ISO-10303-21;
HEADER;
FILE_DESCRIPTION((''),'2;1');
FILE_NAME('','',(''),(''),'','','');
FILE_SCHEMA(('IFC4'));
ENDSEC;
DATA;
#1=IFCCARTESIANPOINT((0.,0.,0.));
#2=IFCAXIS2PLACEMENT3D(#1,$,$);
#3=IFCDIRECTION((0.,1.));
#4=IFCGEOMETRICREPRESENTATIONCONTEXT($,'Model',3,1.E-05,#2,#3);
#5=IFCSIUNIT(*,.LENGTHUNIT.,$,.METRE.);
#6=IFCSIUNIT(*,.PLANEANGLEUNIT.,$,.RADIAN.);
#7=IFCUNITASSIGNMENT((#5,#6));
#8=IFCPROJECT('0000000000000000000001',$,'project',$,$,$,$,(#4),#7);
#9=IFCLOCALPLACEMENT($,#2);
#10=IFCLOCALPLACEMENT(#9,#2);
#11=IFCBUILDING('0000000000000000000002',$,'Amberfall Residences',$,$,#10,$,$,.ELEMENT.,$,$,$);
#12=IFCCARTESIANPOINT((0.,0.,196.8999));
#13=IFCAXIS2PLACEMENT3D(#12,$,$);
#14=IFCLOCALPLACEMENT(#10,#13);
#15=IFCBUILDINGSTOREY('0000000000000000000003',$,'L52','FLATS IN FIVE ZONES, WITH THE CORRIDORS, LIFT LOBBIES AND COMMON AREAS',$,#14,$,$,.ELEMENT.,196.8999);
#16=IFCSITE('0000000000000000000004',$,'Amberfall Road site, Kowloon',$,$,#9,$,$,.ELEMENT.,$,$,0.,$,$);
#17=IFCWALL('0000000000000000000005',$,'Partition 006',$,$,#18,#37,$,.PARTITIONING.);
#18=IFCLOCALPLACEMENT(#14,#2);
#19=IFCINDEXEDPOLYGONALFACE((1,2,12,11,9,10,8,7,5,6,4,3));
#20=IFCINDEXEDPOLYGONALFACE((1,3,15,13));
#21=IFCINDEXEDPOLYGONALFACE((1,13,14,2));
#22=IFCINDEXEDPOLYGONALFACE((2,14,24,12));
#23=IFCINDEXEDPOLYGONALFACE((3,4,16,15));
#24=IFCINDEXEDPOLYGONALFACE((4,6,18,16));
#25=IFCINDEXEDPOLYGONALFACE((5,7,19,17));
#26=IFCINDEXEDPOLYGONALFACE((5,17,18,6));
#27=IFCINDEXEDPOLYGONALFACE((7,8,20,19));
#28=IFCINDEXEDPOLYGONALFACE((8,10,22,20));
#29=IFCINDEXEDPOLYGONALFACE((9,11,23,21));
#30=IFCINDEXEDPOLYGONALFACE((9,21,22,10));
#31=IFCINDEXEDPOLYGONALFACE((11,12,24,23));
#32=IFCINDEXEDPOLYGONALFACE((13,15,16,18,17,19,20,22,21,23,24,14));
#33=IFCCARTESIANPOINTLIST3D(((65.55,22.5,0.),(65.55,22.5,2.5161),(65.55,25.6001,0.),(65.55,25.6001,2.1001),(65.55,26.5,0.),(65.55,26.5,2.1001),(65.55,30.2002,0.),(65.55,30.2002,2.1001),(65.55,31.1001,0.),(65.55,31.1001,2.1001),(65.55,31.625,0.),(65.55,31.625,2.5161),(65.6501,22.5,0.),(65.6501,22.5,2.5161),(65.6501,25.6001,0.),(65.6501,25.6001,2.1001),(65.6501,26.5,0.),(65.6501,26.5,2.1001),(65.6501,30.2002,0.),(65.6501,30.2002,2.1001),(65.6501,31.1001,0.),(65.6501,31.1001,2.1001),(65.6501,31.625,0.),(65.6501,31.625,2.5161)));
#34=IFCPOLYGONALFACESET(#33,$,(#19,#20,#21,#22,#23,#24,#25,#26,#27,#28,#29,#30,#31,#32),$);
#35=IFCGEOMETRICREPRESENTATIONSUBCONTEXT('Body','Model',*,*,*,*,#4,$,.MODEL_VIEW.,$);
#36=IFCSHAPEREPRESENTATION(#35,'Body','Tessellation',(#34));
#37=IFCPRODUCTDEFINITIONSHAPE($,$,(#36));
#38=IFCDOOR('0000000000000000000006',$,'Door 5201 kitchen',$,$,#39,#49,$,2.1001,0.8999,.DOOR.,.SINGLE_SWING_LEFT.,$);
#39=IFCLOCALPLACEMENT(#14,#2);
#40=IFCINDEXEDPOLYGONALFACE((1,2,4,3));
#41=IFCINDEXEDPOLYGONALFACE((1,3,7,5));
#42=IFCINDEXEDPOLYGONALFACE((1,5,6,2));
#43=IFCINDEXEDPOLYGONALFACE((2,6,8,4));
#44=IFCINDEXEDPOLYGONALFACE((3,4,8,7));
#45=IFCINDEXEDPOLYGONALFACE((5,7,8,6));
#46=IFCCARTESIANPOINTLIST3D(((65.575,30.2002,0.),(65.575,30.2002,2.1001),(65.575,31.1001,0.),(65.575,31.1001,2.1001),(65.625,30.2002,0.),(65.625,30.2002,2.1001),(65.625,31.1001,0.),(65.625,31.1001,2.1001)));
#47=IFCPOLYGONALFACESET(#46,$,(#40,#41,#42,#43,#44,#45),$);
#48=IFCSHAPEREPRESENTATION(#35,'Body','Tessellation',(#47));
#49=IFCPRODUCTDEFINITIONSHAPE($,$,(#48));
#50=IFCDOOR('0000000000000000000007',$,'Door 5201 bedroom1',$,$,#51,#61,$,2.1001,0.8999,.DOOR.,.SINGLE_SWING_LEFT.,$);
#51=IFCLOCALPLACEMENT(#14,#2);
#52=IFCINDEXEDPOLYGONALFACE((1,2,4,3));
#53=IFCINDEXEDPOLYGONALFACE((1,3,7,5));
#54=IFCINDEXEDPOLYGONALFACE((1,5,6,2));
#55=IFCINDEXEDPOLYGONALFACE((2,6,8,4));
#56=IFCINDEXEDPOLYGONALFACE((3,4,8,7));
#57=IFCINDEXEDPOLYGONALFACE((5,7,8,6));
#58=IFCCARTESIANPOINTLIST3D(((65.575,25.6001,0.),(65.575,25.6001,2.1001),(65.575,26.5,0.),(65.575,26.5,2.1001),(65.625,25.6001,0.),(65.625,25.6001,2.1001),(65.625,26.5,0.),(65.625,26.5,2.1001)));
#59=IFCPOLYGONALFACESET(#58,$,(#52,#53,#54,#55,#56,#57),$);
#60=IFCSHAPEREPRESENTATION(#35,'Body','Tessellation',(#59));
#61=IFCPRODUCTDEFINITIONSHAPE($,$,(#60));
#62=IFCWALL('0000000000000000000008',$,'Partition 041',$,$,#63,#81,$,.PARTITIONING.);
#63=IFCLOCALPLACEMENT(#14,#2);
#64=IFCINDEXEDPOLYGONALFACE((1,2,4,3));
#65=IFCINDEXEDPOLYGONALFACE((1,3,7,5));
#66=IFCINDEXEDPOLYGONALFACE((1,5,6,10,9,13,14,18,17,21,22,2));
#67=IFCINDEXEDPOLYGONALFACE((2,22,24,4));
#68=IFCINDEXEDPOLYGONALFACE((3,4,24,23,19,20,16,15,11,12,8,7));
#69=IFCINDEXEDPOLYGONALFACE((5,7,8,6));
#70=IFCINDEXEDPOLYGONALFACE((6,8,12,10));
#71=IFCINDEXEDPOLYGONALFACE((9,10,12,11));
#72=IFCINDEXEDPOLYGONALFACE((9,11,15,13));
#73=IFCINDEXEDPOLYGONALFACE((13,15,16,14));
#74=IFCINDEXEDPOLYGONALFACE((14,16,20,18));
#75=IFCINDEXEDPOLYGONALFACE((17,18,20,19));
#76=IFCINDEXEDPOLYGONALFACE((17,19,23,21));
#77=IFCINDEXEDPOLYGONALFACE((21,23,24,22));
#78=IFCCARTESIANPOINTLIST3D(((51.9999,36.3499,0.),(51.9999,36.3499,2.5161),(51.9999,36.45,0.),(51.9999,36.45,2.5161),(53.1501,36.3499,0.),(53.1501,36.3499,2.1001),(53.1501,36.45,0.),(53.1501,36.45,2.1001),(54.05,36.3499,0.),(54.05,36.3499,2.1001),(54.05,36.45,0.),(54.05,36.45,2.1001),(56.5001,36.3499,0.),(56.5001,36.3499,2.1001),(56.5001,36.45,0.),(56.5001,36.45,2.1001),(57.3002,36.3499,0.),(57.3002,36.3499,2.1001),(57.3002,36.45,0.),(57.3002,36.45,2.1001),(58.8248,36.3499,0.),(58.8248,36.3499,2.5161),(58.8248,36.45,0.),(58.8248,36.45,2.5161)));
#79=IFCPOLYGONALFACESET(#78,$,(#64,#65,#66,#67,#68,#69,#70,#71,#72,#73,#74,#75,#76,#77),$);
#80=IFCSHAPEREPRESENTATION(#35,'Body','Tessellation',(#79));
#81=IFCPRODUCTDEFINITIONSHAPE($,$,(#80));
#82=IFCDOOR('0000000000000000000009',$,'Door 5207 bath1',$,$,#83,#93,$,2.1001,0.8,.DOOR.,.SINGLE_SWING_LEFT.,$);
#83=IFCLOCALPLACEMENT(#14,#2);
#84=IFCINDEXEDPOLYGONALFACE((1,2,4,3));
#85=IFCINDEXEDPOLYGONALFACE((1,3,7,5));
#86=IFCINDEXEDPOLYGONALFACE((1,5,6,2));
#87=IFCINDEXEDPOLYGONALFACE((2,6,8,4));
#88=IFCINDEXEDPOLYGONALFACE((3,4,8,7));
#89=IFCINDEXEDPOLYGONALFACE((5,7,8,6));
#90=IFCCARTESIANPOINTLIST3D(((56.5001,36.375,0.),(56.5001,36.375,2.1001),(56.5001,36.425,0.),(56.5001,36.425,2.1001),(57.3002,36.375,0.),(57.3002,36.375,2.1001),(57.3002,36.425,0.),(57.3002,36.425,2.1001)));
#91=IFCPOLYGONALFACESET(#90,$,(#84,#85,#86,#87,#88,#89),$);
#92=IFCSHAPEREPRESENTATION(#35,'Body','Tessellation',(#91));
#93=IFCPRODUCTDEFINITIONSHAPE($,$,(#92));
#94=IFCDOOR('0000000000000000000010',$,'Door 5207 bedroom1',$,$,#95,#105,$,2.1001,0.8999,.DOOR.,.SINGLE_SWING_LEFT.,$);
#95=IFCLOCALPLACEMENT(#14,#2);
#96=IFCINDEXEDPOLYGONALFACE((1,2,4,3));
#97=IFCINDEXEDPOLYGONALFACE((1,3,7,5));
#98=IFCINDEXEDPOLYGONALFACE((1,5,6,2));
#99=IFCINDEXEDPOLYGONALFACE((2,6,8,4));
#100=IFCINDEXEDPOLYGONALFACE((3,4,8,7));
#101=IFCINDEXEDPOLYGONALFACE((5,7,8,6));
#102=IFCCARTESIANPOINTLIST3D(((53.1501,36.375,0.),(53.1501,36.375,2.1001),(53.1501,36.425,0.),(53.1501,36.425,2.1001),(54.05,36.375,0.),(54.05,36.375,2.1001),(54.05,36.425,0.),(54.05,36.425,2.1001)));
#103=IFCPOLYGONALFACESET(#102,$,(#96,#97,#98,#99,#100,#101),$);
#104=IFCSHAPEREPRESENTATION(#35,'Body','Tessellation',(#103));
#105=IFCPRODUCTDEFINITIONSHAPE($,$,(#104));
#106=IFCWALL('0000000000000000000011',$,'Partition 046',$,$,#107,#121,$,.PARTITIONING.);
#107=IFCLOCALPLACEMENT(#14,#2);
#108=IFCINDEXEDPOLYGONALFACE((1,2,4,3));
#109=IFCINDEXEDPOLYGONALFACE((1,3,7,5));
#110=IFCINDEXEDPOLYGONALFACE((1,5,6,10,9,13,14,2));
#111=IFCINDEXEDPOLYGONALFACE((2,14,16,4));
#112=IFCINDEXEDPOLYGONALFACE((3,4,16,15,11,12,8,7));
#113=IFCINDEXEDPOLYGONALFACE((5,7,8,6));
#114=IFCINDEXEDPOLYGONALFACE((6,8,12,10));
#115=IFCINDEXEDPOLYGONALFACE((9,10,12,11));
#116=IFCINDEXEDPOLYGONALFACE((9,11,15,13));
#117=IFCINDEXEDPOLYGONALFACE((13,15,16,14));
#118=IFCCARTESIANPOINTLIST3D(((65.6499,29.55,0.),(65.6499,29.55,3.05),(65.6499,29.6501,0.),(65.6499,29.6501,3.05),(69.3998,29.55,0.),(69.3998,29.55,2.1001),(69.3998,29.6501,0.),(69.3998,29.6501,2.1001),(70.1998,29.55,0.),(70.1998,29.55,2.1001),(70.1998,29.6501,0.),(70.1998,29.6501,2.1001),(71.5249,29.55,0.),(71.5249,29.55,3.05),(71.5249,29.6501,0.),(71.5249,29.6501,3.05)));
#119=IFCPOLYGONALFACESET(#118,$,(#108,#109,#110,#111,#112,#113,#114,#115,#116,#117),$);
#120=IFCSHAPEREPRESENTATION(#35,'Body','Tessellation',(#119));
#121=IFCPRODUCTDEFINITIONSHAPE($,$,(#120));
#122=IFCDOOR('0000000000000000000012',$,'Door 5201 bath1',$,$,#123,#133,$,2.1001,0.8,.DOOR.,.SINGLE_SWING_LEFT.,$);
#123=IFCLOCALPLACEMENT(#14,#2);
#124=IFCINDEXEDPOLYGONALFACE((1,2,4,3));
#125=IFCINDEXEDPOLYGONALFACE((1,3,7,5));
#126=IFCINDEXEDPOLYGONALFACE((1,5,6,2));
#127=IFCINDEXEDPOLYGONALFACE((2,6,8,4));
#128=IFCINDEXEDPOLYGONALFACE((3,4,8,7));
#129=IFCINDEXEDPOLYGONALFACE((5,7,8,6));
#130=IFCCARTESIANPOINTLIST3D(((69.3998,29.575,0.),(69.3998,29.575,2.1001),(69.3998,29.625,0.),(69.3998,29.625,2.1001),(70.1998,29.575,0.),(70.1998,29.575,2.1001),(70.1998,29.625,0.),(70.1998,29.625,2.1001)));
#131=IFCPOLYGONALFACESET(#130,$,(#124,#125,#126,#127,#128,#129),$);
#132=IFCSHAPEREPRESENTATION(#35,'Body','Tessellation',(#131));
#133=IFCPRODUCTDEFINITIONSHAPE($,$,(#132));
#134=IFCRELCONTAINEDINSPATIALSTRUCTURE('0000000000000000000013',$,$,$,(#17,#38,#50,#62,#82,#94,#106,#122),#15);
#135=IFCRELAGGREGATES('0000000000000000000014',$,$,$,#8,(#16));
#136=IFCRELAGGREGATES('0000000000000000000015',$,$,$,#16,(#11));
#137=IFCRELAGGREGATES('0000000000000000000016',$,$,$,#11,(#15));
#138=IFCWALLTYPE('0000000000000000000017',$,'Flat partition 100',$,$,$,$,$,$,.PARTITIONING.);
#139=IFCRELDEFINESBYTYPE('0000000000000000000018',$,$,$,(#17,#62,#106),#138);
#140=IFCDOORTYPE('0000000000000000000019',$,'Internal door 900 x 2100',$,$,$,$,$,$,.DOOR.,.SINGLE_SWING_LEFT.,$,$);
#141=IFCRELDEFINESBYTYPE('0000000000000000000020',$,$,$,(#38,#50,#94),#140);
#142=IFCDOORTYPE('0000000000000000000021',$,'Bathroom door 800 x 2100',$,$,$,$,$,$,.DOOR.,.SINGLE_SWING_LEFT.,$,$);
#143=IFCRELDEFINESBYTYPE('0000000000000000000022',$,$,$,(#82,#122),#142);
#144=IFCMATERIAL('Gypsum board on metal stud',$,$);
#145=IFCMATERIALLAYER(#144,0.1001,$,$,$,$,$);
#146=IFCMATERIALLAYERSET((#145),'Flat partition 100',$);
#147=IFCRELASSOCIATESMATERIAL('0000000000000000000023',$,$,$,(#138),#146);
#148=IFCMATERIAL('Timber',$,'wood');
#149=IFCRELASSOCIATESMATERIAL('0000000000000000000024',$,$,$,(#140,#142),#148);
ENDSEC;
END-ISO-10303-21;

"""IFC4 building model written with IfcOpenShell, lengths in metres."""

from ifc_helpers import new_model, si_unit, direction, frame, frame_2d, origin, place, context, subcontext, project, spatial, rectangle, extrude, material, layer, layer_set, type_object, element, fill, save


model = new_model("IFC4")

# Units and contexts
model_context = context("Model", 3, precision=1e-05, world=origin(), true_north=direction((0.0, 1.0)))
body_context = subcontext(model_context, "Body", "Model", "MODEL_VIEW")
ifc_project = project(units=[si_unit("LENGTHUNIT", "METRE"), si_unit("PLANEANGLEUNIT", "RADIAN")], contexts=[model_context])

# Site, building, storey
site_placement = place(None, origin())
site = spatial("IfcSite", under=ifc_project, at=site_placement, Name="Amberfall Road site, Kowloon", CompositionType="ELEMENT", RefElevation=0.0)
building_placement = place(site_placement, origin())
building = spatial("IfcBuilding", under=site, at=building_placement, Name="Amberfall Residences", CompositionType="ELEMENT")
storey_placement = place(building_placement, frame((0.0, 0.0, 196.8999)))
storey = spatial("IfcBuildingStorey", under=building, at=storey_placement, Name="L52", Description="FLATS IN FIVE ZONES, WITH THE CORRIDORS, LIFT LOBBIES AND COMMON AREAS", CompositionType="ELEMENT", Elevation=196.8999)

# Walls, openings, doors
ifc_material_1 = material(Name="Gypsum board on metal stud")
ifc_layer_1 = layer(ifc_material_1, 0.1001)
ifc_layer_set_1 = layer_set([ifc_layer_1], Name="Flat partition 100")
wall_type_1 = type_object("IfcWallType", Name="Flat partition 100", PredefinedType="PARTITIONING", material=ifc_layer_set_1)
wall_1_placement = place(storey_placement, frame((65.6001, 31.625, 0.0), z_axis=(0.0, 0.0, 1.0), x_axis=(0.0, -1.0, 0.0)))
wall_1 = element("IfcWall", 1, at=wall_1_placement, inside=storey, type_object=wall_type_1, Name="Partition 006", PredefinedType="PARTITIONING", context=body_context, shape_type="SweptSolid", body=[
    extrude(rectangle(XDim=9.125, YDim=0.1001, at=frame_2d((4.5625, 0.0))), origin(), (0.0, 0.0, 1.0), 2.5161),
])
opening_1_placement = place(wall_1_placement, frame((0.5249, 0.0, 0.0)))
opening_1 = element("IfcOpeningElement", 2, at=opening_1_placement, cuts=wall_1, PredefinedType="OPENING", context=body_context, shape_type="SweptSolid", body=[
    extrude(rectangle(XDim=0.8999, YDim=2.1001, at=frame_2d((0.45, 1.05))), frame((0.0, 0.0601, 0.0), z_axis=(0.0, -1.0, 0.0), x_axis=(1.0, 0.0, 0.0)), (0.0, 0.0, 1.0), 0.1201),
])
opening_2_placement = place(wall_1_placement, frame((5.125, 0.0, 0.0)))
opening_2 = element("IfcOpeningElement", 3, at=opening_2_placement, cuts=wall_1, PredefinedType="OPENING", context=body_context, shape_type="SweptSolid", body=[
    extrude(rectangle(XDim=0.8999, YDim=2.1001, at=frame_2d((0.45, 1.05))), frame((0.0, 0.0601, 0.0), z_axis=(0.0, -1.0, 0.0), x_axis=(1.0, 0.0, 0.0)), (0.0, 0.0, 1.0), 0.1201),
])
ifc_material_2 = material(Name="Timber", Category="wood")
door_type_1 = type_object("IfcDoorType", Name="Internal door 900 x 2100", OperationType="SINGLE_SWING_LEFT", PredefinedType="DOOR", material=ifc_material_2)
door_1_placement = place(opening_1_placement, origin())
door_1 = element("IfcDoor", 4, at=door_1_placement, inside=storey, type_object=door_type_1, Name="Door 5201 kitchen", OperationType="SINGLE_SWING_LEFT", OverallHeight=2.1001, OverallWidth=0.8999, PredefinedType="DOOR", context=body_context, shape_type="SweptSolid", body=[
    extrude(rectangle(XDim=0.8999, YDim=2.1001, at=frame_2d((0.45, 1.05))), frame((0.0, 0.0249, 0.0), z_axis=(0.0, -1.0, 0.0), x_axis=(1.0, 0.0, 0.0)), (0.0, 0.0, 1.0), 0.05),
])
fill(opening_1, door_1)
door_2_placement = place(opening_2_placement, origin())
door_2 = element("IfcDoor", 5, at=door_2_placement, inside=storey, type_object=door_type_1, Name="Door 5201 bedroom1", OperationType="SINGLE_SWING_LEFT", OverallHeight=2.1001, OverallWidth=0.8999, PredefinedType="DOOR", context=body_context, shape_type="SweptSolid", body=[
    extrude(rectangle(XDim=0.8999, YDim=2.1001, at=frame_2d((0.45, 1.05))), frame((0.0, 0.0249, 0.0), z_axis=(0.0, -1.0, 0.0), x_axis=(1.0, 0.0, 0.0)), (0.0, 0.0, 1.0), 0.05),
])
fill(opening_2, door_2)
wall_2_placement = place(storey_placement, frame((58.825, 36.3999, 0.0), z_axis=(0.0, 0.0, 1.0), x_axis=(-1.0, 0.0, 0.0)))
wall_2 = element("IfcWall", 6, at=wall_2_placement, inside=storey, type_object=wall_type_1, Name="Partition 041", PredefinedType="PARTITIONING", context=body_context, shape_type="SweptSolid", body=[
    extrude(rectangle(XDim=6.825, YDim=0.1001, at=frame_2d((3.4126, 0.0))), origin(), (0.0, 0.0, 1.0), 2.5161),
])
opening_3_placement = place(wall_2_placement, frame((4.7749, 0.0, 0.0)))
opening_3 = element("IfcOpeningElement", 7, at=opening_3_placement, cuts=wall_2, PredefinedType="OPENING", context=body_context, shape_type="SweptSolid", body=[
    extrude(rectangle(XDim=0.8999, YDim=2.1001, at=frame_2d((0.45, 1.05))), frame((0.0, 0.0601, 0.0), z_axis=(0.0, -1.0, 0.0), x_axis=(1.0, 0.0, 0.0)), (0.0, 0.0, 1.0), 0.1201),
])
opening_4_placement = place(wall_2_placement, frame((1.5249, 0.0, 0.0)))
opening_4 = element("IfcOpeningElement", 8, at=opening_4_placement, cuts=wall_2, PredefinedType="OPENING", context=body_context, shape_type="SweptSolid", body=[
    extrude(rectangle(XDim=0.8, YDim=2.1001, at=frame_2d((0.3999, 1.05))), frame((0.0, 0.0601, 0.0), z_axis=(0.0, -1.0, 0.0), x_axis=(1.0, 0.0, 0.0)), (0.0, 0.0, 1.0), 0.1201),
])
door_type_2 = type_object("IfcDoorType", Name="Bathroom door 800 x 2100", OperationType="SINGLE_SWING_LEFT", PredefinedType="DOOR", material=ifc_material_2)
door_3_placement = place(opening_4_placement, origin())
door_3 = element("IfcDoor", 9, at=door_3_placement, inside=storey, type_object=door_type_2, Name="Door 5207 bath1", OperationType="SINGLE_SWING_LEFT", OverallHeight=2.1001, OverallWidth=0.8, PredefinedType="DOOR", context=body_context, shape_type="SweptSolid", body=[
    extrude(rectangle(XDim=0.8, YDim=2.1001, at=frame_2d((0.3999, 1.05))), frame((0.0, 0.0249, 0.0), z_axis=(0.0, -1.0, 0.0), x_axis=(1.0, 0.0, 0.0)), (0.0, 0.0, 1.0), 0.05),
])
fill(opening_4, door_3)
door_4_placement = place(opening_3_placement, origin())
door_4 = element("IfcDoor", 10, at=door_4_placement, inside=storey, type_object=door_type_1, Name="Door 5207 bedroom1", OperationType="SINGLE_SWING_LEFT", OverallHeight=2.1001, OverallWidth=0.8999, PredefinedType="DOOR", context=body_context, shape_type="SweptSolid", body=[
    extrude(rectangle(XDim=0.8999, YDim=2.1001, at=frame_2d((0.45, 1.05))), frame((0.0, 0.0249, 0.0), z_axis=(0.0, -1.0, 0.0), x_axis=(1.0, 0.0, 0.0)), (0.0, 0.0, 1.0), 0.05),
])
fill(opening_3, door_4)

# Wall, opening, door
wall_3_placement = place(storey_placement, frame((65.6499, 29.6001, 0.0), z_axis=(0.0, 0.0, 1.0), x_axis=(1.0, 0.0, 0.0)))
wall_3 = element("IfcWall", 11, at=wall_3_placement, inside=storey, type_object=wall_type_1, Name="Partition 046", PredefinedType="PARTITIONING", context=body_context, shape_type="SweptSolid", body=[
    extrude(rectangle(XDim=5.875, YDim=0.1001, at=frame_2d((2.9375, 0.0))), origin(), (0.0, 0.0, 1.0), 3.05),
])
opening_5_placement = place(wall_3_placement, frame((3.75, 0.0, 0.0)))
opening_5 = element("IfcOpeningElement", 12, at=opening_5_placement, cuts=wall_3, PredefinedType="OPENING", context=body_context, shape_type="SweptSolid", body=[
    extrude(rectangle(XDim=0.8, YDim=2.1001, at=frame_2d((0.3999, 1.05))), frame((0.0, 0.0601, 0.0), z_axis=(0.0, -1.0, 0.0), x_axis=(1.0, 0.0, 0.0)), (0.0, 0.0, 1.0), 0.1201),
])
door_5_placement = place(opening_5_placement, origin())
door_5 = element("IfcDoor", 13, at=door_5_placement, inside=storey, type_object=door_type_2, Name="Door 5201 bath1", OperationType="SINGLE_SWING_LEFT", OverallHeight=2.1001, OverallWidth=0.8, PredefinedType="DOOR", context=body_context, shape_type="SweptSolid", body=[
    extrude(rectangle(XDim=0.8, YDim=2.1001, at=frame_2d((0.3999, 1.05))), frame((0.0, 0.0249, 0.0), z_axis=(0.0, -1.0, 0.0), x_axis=(1.0, 0.0, 0.0)), (0.0, 0.0, 1.0), 0.05),
])
fill(opening_5, door_5)

save(model, "model.ifc")
